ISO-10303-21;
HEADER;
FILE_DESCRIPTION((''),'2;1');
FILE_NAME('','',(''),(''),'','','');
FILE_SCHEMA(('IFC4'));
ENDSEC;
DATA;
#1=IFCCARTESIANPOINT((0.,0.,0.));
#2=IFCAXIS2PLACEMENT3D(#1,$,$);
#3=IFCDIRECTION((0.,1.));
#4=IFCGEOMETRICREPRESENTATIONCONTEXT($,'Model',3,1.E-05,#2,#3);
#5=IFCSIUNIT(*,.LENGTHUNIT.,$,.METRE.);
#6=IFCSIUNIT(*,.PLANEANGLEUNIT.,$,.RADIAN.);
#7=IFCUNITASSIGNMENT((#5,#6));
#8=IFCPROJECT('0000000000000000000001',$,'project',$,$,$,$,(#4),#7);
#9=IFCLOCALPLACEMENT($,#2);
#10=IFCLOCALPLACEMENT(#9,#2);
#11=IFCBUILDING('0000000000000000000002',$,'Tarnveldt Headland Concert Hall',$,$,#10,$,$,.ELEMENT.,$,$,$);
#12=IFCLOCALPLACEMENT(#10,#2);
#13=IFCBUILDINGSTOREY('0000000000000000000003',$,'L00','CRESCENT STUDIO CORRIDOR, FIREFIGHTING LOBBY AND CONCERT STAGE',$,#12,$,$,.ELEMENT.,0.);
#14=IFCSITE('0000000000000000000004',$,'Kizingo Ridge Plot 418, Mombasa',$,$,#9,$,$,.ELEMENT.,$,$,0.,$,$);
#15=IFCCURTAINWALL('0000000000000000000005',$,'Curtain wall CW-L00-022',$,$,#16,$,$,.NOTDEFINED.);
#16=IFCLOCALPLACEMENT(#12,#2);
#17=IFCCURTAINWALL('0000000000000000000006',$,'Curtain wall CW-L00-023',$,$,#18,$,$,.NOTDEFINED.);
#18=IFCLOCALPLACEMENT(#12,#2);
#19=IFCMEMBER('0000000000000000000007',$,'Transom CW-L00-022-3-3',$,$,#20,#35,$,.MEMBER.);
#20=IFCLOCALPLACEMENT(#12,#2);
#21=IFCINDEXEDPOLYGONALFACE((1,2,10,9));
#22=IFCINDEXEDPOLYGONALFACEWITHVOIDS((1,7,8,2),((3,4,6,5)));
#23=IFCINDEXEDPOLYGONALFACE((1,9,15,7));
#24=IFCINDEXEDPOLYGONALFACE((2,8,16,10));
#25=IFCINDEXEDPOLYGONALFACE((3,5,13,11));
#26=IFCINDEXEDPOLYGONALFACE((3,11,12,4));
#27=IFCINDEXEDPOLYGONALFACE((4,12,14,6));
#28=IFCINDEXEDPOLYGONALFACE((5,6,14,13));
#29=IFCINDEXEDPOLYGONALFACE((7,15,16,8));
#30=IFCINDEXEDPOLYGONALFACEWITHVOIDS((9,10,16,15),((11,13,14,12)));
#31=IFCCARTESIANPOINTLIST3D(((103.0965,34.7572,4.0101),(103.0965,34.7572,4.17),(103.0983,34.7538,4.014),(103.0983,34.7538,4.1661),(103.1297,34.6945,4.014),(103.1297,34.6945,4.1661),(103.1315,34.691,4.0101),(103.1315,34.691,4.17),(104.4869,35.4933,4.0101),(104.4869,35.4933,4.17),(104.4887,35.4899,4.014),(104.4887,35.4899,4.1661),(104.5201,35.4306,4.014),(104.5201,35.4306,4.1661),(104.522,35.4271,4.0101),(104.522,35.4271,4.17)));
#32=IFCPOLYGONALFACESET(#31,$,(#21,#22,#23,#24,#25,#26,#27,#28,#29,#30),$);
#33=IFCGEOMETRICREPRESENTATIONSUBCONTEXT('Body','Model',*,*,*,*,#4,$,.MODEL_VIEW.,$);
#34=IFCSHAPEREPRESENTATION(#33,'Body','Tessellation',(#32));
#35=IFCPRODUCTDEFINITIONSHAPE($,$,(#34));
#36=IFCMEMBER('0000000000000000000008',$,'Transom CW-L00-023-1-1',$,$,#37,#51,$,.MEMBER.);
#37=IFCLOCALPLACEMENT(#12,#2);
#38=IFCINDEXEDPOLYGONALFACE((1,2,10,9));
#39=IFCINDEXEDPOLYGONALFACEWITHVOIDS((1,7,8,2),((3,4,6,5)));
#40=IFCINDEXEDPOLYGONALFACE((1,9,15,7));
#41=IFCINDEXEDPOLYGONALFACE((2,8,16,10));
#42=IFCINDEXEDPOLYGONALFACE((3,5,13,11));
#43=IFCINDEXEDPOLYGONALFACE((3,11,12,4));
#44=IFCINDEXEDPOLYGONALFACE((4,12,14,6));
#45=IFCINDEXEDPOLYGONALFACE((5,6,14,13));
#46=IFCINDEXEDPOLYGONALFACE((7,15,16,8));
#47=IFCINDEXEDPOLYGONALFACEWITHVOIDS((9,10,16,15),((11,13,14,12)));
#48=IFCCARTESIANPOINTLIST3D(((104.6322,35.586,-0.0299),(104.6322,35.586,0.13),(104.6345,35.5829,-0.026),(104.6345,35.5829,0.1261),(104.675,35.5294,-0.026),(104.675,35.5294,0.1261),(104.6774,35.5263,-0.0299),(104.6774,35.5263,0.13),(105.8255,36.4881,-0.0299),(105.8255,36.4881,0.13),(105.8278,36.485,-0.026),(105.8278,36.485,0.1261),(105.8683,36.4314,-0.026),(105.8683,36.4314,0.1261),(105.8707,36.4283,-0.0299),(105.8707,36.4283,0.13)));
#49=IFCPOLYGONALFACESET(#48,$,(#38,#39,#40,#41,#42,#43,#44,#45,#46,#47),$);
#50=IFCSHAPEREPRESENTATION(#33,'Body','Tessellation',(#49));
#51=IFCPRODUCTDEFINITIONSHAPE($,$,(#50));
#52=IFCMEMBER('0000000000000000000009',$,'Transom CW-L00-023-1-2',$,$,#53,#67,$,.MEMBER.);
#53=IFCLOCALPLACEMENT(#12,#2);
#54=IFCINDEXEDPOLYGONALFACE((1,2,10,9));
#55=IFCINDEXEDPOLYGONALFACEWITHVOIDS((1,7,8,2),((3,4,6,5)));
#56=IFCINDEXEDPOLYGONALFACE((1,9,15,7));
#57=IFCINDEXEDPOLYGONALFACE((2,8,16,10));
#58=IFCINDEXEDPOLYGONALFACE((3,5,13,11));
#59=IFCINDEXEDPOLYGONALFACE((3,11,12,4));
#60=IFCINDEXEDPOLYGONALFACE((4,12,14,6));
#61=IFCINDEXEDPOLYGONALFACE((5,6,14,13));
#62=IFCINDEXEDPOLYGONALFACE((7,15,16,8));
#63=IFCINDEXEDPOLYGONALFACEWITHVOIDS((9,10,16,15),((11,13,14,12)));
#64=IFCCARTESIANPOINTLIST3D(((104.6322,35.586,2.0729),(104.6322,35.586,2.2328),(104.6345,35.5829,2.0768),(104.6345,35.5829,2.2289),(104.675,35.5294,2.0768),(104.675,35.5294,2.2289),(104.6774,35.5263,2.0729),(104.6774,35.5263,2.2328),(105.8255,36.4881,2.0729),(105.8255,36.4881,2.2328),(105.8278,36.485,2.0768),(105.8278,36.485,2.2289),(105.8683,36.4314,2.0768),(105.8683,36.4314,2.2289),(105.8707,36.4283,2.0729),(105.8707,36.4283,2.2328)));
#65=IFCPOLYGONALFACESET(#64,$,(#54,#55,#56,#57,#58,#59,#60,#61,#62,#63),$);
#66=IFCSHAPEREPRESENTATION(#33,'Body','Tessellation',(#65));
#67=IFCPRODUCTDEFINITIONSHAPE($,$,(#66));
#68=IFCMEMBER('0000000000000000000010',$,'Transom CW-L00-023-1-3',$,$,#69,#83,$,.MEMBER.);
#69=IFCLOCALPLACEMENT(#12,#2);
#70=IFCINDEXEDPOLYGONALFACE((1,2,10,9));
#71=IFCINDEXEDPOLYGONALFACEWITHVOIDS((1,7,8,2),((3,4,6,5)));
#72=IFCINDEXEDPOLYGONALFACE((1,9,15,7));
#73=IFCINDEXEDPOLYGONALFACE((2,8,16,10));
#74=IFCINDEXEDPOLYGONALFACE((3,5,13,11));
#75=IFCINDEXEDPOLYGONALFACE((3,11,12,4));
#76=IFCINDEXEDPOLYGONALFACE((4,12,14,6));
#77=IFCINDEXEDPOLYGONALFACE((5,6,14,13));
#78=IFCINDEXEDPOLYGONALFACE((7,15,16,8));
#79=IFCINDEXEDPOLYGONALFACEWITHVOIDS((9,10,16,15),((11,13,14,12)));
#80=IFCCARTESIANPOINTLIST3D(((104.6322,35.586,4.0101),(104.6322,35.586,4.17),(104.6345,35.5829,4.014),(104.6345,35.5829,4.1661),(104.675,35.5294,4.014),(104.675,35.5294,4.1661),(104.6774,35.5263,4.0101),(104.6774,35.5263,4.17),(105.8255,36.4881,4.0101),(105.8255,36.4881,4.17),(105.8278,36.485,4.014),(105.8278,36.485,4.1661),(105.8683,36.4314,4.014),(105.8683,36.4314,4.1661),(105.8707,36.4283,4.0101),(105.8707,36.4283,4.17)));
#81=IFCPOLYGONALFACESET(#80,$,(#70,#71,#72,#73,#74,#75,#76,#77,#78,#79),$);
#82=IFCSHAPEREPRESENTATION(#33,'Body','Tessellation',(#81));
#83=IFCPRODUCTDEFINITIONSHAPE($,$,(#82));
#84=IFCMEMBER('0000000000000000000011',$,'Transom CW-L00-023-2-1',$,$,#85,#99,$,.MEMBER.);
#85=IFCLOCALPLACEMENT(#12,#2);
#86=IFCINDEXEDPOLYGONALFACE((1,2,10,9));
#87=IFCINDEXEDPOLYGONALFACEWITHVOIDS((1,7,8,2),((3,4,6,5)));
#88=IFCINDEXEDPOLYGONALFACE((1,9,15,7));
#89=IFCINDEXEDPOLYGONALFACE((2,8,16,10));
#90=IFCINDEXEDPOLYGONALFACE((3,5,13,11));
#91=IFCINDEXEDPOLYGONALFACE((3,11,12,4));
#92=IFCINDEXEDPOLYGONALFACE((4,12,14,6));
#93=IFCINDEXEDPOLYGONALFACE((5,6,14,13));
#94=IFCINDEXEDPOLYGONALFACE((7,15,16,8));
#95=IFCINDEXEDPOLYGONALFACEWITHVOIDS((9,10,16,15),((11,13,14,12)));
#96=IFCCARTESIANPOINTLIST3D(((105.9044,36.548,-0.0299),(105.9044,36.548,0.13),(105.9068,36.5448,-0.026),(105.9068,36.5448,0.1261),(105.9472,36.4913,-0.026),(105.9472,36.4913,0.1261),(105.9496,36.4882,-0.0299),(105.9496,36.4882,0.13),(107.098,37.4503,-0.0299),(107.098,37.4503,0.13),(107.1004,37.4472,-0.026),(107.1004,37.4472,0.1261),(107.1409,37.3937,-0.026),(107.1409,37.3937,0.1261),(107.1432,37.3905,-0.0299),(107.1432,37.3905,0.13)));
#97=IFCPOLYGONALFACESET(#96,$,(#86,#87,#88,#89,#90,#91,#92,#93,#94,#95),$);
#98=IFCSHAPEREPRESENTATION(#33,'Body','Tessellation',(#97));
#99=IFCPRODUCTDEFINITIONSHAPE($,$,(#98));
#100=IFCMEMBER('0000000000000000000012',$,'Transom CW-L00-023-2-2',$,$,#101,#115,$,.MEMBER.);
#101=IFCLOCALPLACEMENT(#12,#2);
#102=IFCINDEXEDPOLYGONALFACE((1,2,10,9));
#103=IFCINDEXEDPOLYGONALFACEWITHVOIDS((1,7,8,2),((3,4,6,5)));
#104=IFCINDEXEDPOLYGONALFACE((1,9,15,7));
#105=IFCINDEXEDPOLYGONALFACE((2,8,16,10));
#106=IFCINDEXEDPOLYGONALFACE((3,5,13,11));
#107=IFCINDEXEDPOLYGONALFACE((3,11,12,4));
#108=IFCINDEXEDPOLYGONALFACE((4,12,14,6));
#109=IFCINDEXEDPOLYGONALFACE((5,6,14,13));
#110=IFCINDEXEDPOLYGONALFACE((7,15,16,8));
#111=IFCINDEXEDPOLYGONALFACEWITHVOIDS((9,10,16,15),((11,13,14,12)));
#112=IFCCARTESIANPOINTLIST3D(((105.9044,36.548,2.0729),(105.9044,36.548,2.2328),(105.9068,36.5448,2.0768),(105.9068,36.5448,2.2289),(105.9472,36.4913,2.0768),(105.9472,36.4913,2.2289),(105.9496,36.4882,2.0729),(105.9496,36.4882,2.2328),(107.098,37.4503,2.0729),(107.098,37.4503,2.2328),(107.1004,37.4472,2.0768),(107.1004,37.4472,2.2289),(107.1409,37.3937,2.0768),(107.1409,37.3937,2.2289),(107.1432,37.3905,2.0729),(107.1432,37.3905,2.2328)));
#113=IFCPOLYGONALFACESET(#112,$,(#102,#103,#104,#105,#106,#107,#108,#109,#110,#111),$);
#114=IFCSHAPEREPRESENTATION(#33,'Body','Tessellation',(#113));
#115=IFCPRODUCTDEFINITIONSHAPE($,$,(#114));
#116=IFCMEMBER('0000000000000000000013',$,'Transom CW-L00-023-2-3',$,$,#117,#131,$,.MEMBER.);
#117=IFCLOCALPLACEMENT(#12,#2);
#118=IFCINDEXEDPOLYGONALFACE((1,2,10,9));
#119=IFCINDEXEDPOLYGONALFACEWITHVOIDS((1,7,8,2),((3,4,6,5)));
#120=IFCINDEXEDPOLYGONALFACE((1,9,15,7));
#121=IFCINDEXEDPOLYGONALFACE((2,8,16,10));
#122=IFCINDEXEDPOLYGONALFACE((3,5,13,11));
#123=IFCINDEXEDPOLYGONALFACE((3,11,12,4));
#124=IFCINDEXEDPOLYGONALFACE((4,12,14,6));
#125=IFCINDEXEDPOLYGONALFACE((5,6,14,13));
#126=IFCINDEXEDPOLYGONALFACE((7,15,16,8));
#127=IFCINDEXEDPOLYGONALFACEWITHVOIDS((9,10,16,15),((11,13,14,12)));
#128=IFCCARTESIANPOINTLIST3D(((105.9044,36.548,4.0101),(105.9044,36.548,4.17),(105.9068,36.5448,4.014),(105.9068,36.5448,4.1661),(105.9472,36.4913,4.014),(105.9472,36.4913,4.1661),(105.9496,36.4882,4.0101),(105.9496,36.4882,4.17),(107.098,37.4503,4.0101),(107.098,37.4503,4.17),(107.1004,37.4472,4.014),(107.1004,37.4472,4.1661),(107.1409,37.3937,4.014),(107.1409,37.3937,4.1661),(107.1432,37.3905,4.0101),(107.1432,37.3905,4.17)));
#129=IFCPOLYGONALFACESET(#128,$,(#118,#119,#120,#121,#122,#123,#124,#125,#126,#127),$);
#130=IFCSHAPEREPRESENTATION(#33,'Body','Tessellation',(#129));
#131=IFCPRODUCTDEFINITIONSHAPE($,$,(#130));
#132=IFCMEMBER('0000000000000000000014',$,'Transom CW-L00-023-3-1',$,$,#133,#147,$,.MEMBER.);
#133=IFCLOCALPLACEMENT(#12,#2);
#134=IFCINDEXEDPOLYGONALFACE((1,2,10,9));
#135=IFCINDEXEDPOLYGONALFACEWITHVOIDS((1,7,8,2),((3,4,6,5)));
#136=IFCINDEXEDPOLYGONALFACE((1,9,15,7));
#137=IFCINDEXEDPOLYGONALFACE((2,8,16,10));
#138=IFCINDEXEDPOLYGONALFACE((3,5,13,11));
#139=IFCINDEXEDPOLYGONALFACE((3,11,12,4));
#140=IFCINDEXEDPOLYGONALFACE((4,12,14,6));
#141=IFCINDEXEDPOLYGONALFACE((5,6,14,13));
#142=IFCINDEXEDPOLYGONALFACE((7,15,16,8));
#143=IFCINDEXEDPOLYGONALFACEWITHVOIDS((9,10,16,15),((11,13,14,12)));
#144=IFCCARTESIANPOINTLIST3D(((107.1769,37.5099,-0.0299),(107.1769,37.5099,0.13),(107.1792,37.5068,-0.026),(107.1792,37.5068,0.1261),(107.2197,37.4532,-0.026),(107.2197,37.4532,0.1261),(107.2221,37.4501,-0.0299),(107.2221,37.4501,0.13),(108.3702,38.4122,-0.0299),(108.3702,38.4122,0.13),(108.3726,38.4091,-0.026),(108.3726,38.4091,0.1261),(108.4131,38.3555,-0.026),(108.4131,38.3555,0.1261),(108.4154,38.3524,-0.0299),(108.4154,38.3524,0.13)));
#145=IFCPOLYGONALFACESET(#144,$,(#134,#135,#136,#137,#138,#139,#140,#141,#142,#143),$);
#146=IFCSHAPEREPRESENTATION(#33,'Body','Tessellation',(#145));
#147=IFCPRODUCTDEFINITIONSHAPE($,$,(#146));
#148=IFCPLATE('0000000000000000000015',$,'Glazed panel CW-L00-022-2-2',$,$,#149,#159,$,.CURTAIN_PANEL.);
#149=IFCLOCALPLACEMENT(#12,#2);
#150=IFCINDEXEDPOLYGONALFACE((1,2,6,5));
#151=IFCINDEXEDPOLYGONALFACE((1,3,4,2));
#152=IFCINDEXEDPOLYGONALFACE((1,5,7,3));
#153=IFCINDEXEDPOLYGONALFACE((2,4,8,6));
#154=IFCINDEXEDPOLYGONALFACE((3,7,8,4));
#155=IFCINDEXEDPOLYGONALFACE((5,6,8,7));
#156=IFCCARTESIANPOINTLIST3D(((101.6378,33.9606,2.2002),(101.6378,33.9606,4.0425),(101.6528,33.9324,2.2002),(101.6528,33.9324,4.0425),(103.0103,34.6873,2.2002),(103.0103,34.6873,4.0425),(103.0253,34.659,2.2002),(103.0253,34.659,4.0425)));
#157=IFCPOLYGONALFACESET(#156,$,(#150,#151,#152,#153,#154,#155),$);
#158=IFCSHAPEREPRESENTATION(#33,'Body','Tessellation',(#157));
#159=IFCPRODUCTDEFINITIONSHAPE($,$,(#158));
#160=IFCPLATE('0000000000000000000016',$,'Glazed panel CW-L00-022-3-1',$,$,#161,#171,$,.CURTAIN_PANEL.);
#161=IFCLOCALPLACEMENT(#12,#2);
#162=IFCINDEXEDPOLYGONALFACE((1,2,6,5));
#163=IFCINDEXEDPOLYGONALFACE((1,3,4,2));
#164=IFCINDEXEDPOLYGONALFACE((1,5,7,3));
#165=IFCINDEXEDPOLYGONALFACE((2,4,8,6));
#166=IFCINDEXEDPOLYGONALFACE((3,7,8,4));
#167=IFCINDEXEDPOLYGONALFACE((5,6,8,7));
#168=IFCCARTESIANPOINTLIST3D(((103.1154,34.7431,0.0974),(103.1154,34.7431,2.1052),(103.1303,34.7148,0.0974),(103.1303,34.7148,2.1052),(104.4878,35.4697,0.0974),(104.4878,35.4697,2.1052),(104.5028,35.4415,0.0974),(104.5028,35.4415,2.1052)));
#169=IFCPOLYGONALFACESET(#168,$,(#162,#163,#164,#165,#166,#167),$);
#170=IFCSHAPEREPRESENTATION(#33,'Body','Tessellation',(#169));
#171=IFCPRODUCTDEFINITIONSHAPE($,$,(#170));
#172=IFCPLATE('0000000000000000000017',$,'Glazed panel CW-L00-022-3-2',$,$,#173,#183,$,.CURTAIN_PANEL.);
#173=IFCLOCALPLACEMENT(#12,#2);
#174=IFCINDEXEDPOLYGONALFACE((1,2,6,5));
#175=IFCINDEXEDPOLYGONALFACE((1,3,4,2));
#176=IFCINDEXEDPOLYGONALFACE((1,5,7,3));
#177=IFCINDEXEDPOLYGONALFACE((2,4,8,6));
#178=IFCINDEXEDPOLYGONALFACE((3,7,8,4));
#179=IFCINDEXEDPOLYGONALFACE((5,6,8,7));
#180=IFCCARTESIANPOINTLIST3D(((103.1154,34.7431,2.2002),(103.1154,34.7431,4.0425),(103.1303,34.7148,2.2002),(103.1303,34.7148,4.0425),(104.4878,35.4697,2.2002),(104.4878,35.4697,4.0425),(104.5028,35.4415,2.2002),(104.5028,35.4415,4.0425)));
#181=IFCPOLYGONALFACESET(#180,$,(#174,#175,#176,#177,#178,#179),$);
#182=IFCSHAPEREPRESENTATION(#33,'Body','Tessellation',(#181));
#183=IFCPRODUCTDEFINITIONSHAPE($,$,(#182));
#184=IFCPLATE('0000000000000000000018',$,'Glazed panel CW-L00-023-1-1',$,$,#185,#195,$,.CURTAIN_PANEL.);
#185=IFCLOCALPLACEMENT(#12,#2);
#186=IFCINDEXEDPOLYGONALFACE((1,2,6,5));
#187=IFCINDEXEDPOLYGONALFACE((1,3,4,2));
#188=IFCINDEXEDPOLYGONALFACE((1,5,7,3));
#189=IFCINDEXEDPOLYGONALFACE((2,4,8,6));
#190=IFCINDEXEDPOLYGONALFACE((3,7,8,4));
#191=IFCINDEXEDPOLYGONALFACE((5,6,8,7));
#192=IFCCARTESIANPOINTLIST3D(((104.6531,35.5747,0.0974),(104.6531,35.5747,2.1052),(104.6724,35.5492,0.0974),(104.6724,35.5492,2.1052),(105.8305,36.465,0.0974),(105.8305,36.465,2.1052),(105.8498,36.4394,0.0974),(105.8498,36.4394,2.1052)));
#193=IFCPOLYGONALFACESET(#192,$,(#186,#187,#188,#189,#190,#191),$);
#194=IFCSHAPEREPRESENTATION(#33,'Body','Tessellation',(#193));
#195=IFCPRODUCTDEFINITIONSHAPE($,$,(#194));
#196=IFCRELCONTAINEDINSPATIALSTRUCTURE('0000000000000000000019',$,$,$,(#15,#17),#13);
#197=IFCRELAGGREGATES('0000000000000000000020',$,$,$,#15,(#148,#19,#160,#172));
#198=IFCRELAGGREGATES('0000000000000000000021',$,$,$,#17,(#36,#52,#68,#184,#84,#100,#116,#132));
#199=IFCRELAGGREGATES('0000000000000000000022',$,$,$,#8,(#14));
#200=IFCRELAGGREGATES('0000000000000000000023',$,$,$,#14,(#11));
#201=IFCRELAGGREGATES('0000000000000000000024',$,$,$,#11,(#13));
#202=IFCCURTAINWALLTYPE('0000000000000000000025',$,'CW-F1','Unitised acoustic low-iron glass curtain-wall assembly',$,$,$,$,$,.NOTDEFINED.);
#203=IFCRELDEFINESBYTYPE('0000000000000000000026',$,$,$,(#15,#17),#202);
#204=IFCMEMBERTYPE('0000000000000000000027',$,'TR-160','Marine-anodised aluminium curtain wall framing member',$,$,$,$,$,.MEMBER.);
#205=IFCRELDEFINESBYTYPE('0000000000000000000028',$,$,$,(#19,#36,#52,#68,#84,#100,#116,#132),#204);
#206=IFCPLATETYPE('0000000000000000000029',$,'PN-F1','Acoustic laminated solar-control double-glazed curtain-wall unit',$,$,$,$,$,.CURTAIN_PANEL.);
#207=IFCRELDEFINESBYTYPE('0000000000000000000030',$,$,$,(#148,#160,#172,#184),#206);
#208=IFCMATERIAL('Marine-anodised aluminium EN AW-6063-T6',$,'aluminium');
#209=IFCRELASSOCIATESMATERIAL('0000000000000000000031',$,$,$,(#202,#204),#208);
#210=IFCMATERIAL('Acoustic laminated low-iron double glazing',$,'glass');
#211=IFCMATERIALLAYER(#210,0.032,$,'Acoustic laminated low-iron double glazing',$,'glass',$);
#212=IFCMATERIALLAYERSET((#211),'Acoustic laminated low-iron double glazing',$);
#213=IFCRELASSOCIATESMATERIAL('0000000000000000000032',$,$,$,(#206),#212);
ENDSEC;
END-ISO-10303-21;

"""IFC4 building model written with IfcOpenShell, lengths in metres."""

from ifc_helpers import new_model, si_unit, direction, frame, origin, origin_2d, place, context, subcontext, project, spatial, rectangle, hollow_rectangle, extrude, material, layer, layer_set, material_profile, profile_set, type_object, element, aggregate, save


model = new_model("IFC4")

# Units and contexts
model_context = context("Model", 3, precision=1e-05, world=origin(), true_north=direction((0.0, 1.0)))
body_context = subcontext(model_context, "Body", "Model", "MODEL_VIEW")
ifc_project = project(units=[si_unit("LENGTHUNIT", "METRE"), si_unit("PLANEANGLEUNIT", "RADIAN")], contexts=[model_context])

# Site, building, storey
site_placement = place(None, origin())
site = spatial("IfcSite", under=ifc_project, at=site_placement, Name="Kizingo Ridge Plot 418, Mombasa", CompositionType="ELEMENT", RefElevation=0.0)
building_placement = place(site_placement, origin())
building = spatial("IfcBuilding", under=site, at=building_placement, Name="Tarnveldt Headland Concert Hall", CompositionType="ELEMENT")
storey_placement = place(building_placement, origin())
storey = spatial("IfcBuildingStorey", under=building, at=storey_placement, Name="L00", Description="CRESCENT STUDIO CORRIDOR, FIREFIGHTING LOBBY AND CONCERT STAGE", CompositionType="ELEMENT", Elevation=0.0)

# Curtain walls
ifc_material_1 = material(Name="Marine-anodised aluminium EN AW-6063-T6", Category="aluminium")
curtain_wall_type = type_object("IfcCurtainWallType", Name="CW-F1", Description="Unitised acoustic low-iron glass curtain-wall assembly", PredefinedType="NOTDEFINED", material=ifc_material_1)
curtain_wall_1_placement = place(storey_placement, origin())
curtain_wall_1 = element("IfcCurtainWall", 1, at=curtain_wall_1_placement, inside=storey, type_object=curtain_wall_type, Name="Curtain wall CW-L00-022", PredefinedType="NOTDEFINED")
curtain_wall_2_placement = place(storey_placement, origin())
curtain_wall_2 = element("IfcCurtainWall", 2, at=curtain_wall_2_placement, inside=storey, type_object=curtain_wall_type, Name="Curtain wall CW-L00-023", PredefinedType="NOTDEFINED")

# Members
ifc_material_profile_1 = material_profile(ifc_material_1, hollow_rectangle(XDim=0.075, YDim=0.1599, WallThickness=0.0039, at=origin_2d()), Name="ALU TRANSOM 75x160x4", Category="aluminium")
ifc_profile_set_1 = profile_set([ifc_material_profile_1], Name="Marine-anodised aluminium EN AW-6063-T6")
member_type_1 = type_object("IfcMemberType", Name="TR-160", Description="Marine-anodised aluminium curtain wall framing member", PredefinedType="MEMBER", material=ifc_profile_set_1)
member_1_placement = place(storey_placement, frame((103.114, 34.7241, 4.0901), z_axis=(0.883788, 0.467888, 0.0), x_axis=(-0.467888, 0.883788, 0.0)))
member_1 = element("IfcMember", 3, at=member_1_placement, type_object=member_type_1, Name="Transom CW-L00-022-3-3", PredefinedType="MEMBER", context=body_context, shape_type="SweptSolid", body=[
    extrude(hollow_rectangle(XDim=0.075, YDim=0.1599, WallThickness=0.0039, at=origin_2d()), origin(), (0.0, 0.0, 1.0), 1.5732),
])
member_2_placement = place(storey_placement, frame((104.6548, 35.5562, 0.05), z_axis=(0.797723, 0.603025, 0.0), x_axis=(-0.603025, 0.797723, 0.0)))
member_2 = element("IfcMember", 4, at=member_2_placement, type_object=member_type_1, Name="Transom CW-L00-023-1-1", PredefinedType="MEMBER", context=body_context, shape_type="SweptSolid", body=[
    extrude(hollow_rectangle(XDim=0.075, YDim=0.1599, WallThickness=0.0039, at=origin_2d()), origin(), (0.0, 0.0, 1.0), 1.4958),
])
member_3_placement = place(storey_placement, frame((104.6548, 35.5562, 2.1528), z_axis=(0.797723, 0.603025, 0.0), x_axis=(-0.603025, 0.797723, 0.0)))
member_3 = element("IfcMember", 5, at=member_3_placement, type_object=member_type_1, Name="Transom CW-L00-023-1-2", PredefinedType="MEMBER", context=body_context, shape_type="SweptSolid", body=[
    extrude(hollow_rectangle(XDim=0.075, YDim=0.1599, WallThickness=0.0039, at=origin_2d()), origin(), (0.0, 0.0, 1.0), 1.4958),
])
member_4_placement = place(storey_placement, frame((104.6548, 35.5562, 4.0901), z_axis=(0.797723, 0.603025, 0.0), x_axis=(-0.603025, 0.797723, 0.0)))
member_4 = element("IfcMember", 6, at=member_4_placement, type_object=member_type_1, Name="Transom CW-L00-023-1-3", PredefinedType="MEMBER", context=body_context, shape_type="SweptSolid", body=[
    extrude(hollow_rectangle(XDim=0.075, YDim=0.1599, WallThickness=0.0039, at=origin_2d()), origin(), (0.0, 0.0, 1.0), 1.4958),
])
member_5_placement = place(storey_placement, frame((105.927, 36.5181, 0.05), z_axis=(0.797703, 0.60305, 0.0), x_axis=(-0.60305, 0.797703, 0.0)))
member_5 = element("IfcMember", 7, at=member_5_placement, type_object=member_type_1, Name="Transom CW-L00-023-2-1", PredefinedType="MEMBER", context=body_context, shape_type="SweptSolid", body=[
    extrude(hollow_rectangle(XDim=0.075, YDim=0.1599, WallThickness=0.0039, at=origin_2d()), origin(), (0.0, 0.0, 1.0), 1.4963),
])
member_6_placement = place(storey_placement, frame((105.927, 36.5181, 2.1528), z_axis=(0.797703, 0.60305, 0.0), x_axis=(-0.60305, 0.797703, 0.0)))
member_6 = element("IfcMember", 8, at=member_6_placement, type_object=member_type_1, Name="Transom CW-L00-023-2-2", PredefinedType="MEMBER", context=body_context, shape_type="SweptSolid", body=[
    extrude(hollow_rectangle(XDim=0.075, YDim=0.1599, WallThickness=0.0039, at=origin_2d()), origin(), (0.0, 0.0, 1.0), 1.4963),
])
member_7_placement = place(storey_placement, frame((105.927, 36.5181, 4.0901), z_axis=(0.797703, 0.60305, 0.0), x_axis=(-0.60305, 0.797703, 0.0)))
member_7 = element("IfcMember", 9, at=member_7_placement, type_object=member_type_1, Name="Transom CW-L00-023-2-3", PredefinedType="MEMBER", context=body_context, shape_type="SweptSolid", body=[
    extrude(hollow_rectangle(XDim=0.075, YDim=0.1599, WallThickness=0.0039, at=origin_2d()), origin(), (0.0, 0.0, 1.0), 1.4963),
])
member_8_placement = place(storey_placement, frame((107.1995, 37.48, 0.05), z_axis=(0.797644, 0.603129, 0.0), x_axis=(-0.603129, 0.797644, 0.0)))
member_8 = element("IfcMember", 10, at=member_8_placement, type_object=member_type_1, Name="Transom CW-L00-023-3-1", PredefinedType="MEMBER", context=body_context, shape_type="SweptSolid", body=[
    extrude(hollow_rectangle(XDim=0.075, YDim=0.1599, WallThickness=0.0039, at=origin_2d()), origin(), (0.0, 0.0, 1.0), 1.4961),
])

# Plates
ifc_material_2 = material(Name="Acoustic laminated low-iron double glazing", Category="glass")
ifc_layer_1 = layer(ifc_material_2, 0.032, Name="Acoustic laminated low-iron double glazing", Category="glass")
ifc_layer_set_1 = layer_set([ifc_layer_1], Name="Acoustic laminated low-iron double glazing")
plate_type = type_object("IfcPlateType", Name="PN-F1", Description="Acoustic laminated solar-control double-glazed curtain-wall unit", PredefinedType="CURTAIN_PANEL", material=ifc_layer_set_1)
plate_1_placement = place(storey_placement, frame((102.3315, 34.3098, 2.2002), z_axis=(0.0, 0.0, 1.0), x_axis=(0.883782, 0.467899, 0.0)))
plate_1 = element("IfcPlate", 11, at=plate_1_placement, type_object=plate_type, Name="Glazed panel CW-L00-022-2-2", PredefinedType="CURTAIN_PANEL", context=body_context, shape_type="SweptSolid", body=[
    extrude(rectangle(XDim=1.553, YDim=0.032, at=origin_2d()), origin(), (0.0, 0.0, 1.0), 1.8423),
])
plate_2_placement = place(storey_placement, frame((103.8091, 35.0923, 0.0974), z_axis=(0.0, 0.0, 1.0), x_axis=(0.883782, 0.467899, 0.0)))
plate_2 = element("IfcPlate", 12, at=plate_2_placement, type_object=plate_type, Name="Glazed panel CW-L00-022-3-1", PredefinedType="CURTAIN_PANEL", context=body_context, shape_type="SweptSolid", body=[
    extrude(rectangle(XDim=1.553, YDim=0.032, at=origin_2d()), origin(), (0.0, 0.0, 1.0), 2.0078),
])
plate_3_placement = place(storey_placement, frame((103.8091, 35.0923, 2.2002), z_axis=(0.0, 0.0, 1.0), x_axis=(0.883782, 0.467899, 0.0)))
plate_3 = element("IfcPlate", 13, at=plate_3_placement, type_object=plate_type, Name="Glazed panel CW-L00-022-3-2", PredefinedType="CURTAIN_PANEL", context=body_context, shape_type="SweptSolid", body=[
    extrude(rectangle(XDim=1.553, YDim=0.032, at=origin_2d()), origin(), (0.0, 0.0, 1.0), 1.8423),
])
aggregate(curtain_wall_1, [plate_1, member_1, plate_2, plate_3])
plate_4_placement = place(storey_placement, frame((105.2515, 36.0071, 0.0974), z_axis=(0.0, 0.0, 1.0), x_axis=(0.797658, 0.603111, 0.0)))
plate_4 = element("IfcPlate", 14, at=plate_4_placement, type_object=plate_type, Name="Glazed panel CW-L00-023-1-1", PredefinedType="CURTAIN_PANEL", context=body_context, shape_type="SweptSolid", body=[
    extrude(rectangle(XDim=1.4761, YDim=0.032, at=origin_2d()), origin(), (0.0, 0.0, 1.0), 2.0078),
])
aggregate(curtain_wall_2, [member_2, member_3, member_4, plate_4, member_5, member_6, member_7, member_8])

save(model, "model.ifc")
